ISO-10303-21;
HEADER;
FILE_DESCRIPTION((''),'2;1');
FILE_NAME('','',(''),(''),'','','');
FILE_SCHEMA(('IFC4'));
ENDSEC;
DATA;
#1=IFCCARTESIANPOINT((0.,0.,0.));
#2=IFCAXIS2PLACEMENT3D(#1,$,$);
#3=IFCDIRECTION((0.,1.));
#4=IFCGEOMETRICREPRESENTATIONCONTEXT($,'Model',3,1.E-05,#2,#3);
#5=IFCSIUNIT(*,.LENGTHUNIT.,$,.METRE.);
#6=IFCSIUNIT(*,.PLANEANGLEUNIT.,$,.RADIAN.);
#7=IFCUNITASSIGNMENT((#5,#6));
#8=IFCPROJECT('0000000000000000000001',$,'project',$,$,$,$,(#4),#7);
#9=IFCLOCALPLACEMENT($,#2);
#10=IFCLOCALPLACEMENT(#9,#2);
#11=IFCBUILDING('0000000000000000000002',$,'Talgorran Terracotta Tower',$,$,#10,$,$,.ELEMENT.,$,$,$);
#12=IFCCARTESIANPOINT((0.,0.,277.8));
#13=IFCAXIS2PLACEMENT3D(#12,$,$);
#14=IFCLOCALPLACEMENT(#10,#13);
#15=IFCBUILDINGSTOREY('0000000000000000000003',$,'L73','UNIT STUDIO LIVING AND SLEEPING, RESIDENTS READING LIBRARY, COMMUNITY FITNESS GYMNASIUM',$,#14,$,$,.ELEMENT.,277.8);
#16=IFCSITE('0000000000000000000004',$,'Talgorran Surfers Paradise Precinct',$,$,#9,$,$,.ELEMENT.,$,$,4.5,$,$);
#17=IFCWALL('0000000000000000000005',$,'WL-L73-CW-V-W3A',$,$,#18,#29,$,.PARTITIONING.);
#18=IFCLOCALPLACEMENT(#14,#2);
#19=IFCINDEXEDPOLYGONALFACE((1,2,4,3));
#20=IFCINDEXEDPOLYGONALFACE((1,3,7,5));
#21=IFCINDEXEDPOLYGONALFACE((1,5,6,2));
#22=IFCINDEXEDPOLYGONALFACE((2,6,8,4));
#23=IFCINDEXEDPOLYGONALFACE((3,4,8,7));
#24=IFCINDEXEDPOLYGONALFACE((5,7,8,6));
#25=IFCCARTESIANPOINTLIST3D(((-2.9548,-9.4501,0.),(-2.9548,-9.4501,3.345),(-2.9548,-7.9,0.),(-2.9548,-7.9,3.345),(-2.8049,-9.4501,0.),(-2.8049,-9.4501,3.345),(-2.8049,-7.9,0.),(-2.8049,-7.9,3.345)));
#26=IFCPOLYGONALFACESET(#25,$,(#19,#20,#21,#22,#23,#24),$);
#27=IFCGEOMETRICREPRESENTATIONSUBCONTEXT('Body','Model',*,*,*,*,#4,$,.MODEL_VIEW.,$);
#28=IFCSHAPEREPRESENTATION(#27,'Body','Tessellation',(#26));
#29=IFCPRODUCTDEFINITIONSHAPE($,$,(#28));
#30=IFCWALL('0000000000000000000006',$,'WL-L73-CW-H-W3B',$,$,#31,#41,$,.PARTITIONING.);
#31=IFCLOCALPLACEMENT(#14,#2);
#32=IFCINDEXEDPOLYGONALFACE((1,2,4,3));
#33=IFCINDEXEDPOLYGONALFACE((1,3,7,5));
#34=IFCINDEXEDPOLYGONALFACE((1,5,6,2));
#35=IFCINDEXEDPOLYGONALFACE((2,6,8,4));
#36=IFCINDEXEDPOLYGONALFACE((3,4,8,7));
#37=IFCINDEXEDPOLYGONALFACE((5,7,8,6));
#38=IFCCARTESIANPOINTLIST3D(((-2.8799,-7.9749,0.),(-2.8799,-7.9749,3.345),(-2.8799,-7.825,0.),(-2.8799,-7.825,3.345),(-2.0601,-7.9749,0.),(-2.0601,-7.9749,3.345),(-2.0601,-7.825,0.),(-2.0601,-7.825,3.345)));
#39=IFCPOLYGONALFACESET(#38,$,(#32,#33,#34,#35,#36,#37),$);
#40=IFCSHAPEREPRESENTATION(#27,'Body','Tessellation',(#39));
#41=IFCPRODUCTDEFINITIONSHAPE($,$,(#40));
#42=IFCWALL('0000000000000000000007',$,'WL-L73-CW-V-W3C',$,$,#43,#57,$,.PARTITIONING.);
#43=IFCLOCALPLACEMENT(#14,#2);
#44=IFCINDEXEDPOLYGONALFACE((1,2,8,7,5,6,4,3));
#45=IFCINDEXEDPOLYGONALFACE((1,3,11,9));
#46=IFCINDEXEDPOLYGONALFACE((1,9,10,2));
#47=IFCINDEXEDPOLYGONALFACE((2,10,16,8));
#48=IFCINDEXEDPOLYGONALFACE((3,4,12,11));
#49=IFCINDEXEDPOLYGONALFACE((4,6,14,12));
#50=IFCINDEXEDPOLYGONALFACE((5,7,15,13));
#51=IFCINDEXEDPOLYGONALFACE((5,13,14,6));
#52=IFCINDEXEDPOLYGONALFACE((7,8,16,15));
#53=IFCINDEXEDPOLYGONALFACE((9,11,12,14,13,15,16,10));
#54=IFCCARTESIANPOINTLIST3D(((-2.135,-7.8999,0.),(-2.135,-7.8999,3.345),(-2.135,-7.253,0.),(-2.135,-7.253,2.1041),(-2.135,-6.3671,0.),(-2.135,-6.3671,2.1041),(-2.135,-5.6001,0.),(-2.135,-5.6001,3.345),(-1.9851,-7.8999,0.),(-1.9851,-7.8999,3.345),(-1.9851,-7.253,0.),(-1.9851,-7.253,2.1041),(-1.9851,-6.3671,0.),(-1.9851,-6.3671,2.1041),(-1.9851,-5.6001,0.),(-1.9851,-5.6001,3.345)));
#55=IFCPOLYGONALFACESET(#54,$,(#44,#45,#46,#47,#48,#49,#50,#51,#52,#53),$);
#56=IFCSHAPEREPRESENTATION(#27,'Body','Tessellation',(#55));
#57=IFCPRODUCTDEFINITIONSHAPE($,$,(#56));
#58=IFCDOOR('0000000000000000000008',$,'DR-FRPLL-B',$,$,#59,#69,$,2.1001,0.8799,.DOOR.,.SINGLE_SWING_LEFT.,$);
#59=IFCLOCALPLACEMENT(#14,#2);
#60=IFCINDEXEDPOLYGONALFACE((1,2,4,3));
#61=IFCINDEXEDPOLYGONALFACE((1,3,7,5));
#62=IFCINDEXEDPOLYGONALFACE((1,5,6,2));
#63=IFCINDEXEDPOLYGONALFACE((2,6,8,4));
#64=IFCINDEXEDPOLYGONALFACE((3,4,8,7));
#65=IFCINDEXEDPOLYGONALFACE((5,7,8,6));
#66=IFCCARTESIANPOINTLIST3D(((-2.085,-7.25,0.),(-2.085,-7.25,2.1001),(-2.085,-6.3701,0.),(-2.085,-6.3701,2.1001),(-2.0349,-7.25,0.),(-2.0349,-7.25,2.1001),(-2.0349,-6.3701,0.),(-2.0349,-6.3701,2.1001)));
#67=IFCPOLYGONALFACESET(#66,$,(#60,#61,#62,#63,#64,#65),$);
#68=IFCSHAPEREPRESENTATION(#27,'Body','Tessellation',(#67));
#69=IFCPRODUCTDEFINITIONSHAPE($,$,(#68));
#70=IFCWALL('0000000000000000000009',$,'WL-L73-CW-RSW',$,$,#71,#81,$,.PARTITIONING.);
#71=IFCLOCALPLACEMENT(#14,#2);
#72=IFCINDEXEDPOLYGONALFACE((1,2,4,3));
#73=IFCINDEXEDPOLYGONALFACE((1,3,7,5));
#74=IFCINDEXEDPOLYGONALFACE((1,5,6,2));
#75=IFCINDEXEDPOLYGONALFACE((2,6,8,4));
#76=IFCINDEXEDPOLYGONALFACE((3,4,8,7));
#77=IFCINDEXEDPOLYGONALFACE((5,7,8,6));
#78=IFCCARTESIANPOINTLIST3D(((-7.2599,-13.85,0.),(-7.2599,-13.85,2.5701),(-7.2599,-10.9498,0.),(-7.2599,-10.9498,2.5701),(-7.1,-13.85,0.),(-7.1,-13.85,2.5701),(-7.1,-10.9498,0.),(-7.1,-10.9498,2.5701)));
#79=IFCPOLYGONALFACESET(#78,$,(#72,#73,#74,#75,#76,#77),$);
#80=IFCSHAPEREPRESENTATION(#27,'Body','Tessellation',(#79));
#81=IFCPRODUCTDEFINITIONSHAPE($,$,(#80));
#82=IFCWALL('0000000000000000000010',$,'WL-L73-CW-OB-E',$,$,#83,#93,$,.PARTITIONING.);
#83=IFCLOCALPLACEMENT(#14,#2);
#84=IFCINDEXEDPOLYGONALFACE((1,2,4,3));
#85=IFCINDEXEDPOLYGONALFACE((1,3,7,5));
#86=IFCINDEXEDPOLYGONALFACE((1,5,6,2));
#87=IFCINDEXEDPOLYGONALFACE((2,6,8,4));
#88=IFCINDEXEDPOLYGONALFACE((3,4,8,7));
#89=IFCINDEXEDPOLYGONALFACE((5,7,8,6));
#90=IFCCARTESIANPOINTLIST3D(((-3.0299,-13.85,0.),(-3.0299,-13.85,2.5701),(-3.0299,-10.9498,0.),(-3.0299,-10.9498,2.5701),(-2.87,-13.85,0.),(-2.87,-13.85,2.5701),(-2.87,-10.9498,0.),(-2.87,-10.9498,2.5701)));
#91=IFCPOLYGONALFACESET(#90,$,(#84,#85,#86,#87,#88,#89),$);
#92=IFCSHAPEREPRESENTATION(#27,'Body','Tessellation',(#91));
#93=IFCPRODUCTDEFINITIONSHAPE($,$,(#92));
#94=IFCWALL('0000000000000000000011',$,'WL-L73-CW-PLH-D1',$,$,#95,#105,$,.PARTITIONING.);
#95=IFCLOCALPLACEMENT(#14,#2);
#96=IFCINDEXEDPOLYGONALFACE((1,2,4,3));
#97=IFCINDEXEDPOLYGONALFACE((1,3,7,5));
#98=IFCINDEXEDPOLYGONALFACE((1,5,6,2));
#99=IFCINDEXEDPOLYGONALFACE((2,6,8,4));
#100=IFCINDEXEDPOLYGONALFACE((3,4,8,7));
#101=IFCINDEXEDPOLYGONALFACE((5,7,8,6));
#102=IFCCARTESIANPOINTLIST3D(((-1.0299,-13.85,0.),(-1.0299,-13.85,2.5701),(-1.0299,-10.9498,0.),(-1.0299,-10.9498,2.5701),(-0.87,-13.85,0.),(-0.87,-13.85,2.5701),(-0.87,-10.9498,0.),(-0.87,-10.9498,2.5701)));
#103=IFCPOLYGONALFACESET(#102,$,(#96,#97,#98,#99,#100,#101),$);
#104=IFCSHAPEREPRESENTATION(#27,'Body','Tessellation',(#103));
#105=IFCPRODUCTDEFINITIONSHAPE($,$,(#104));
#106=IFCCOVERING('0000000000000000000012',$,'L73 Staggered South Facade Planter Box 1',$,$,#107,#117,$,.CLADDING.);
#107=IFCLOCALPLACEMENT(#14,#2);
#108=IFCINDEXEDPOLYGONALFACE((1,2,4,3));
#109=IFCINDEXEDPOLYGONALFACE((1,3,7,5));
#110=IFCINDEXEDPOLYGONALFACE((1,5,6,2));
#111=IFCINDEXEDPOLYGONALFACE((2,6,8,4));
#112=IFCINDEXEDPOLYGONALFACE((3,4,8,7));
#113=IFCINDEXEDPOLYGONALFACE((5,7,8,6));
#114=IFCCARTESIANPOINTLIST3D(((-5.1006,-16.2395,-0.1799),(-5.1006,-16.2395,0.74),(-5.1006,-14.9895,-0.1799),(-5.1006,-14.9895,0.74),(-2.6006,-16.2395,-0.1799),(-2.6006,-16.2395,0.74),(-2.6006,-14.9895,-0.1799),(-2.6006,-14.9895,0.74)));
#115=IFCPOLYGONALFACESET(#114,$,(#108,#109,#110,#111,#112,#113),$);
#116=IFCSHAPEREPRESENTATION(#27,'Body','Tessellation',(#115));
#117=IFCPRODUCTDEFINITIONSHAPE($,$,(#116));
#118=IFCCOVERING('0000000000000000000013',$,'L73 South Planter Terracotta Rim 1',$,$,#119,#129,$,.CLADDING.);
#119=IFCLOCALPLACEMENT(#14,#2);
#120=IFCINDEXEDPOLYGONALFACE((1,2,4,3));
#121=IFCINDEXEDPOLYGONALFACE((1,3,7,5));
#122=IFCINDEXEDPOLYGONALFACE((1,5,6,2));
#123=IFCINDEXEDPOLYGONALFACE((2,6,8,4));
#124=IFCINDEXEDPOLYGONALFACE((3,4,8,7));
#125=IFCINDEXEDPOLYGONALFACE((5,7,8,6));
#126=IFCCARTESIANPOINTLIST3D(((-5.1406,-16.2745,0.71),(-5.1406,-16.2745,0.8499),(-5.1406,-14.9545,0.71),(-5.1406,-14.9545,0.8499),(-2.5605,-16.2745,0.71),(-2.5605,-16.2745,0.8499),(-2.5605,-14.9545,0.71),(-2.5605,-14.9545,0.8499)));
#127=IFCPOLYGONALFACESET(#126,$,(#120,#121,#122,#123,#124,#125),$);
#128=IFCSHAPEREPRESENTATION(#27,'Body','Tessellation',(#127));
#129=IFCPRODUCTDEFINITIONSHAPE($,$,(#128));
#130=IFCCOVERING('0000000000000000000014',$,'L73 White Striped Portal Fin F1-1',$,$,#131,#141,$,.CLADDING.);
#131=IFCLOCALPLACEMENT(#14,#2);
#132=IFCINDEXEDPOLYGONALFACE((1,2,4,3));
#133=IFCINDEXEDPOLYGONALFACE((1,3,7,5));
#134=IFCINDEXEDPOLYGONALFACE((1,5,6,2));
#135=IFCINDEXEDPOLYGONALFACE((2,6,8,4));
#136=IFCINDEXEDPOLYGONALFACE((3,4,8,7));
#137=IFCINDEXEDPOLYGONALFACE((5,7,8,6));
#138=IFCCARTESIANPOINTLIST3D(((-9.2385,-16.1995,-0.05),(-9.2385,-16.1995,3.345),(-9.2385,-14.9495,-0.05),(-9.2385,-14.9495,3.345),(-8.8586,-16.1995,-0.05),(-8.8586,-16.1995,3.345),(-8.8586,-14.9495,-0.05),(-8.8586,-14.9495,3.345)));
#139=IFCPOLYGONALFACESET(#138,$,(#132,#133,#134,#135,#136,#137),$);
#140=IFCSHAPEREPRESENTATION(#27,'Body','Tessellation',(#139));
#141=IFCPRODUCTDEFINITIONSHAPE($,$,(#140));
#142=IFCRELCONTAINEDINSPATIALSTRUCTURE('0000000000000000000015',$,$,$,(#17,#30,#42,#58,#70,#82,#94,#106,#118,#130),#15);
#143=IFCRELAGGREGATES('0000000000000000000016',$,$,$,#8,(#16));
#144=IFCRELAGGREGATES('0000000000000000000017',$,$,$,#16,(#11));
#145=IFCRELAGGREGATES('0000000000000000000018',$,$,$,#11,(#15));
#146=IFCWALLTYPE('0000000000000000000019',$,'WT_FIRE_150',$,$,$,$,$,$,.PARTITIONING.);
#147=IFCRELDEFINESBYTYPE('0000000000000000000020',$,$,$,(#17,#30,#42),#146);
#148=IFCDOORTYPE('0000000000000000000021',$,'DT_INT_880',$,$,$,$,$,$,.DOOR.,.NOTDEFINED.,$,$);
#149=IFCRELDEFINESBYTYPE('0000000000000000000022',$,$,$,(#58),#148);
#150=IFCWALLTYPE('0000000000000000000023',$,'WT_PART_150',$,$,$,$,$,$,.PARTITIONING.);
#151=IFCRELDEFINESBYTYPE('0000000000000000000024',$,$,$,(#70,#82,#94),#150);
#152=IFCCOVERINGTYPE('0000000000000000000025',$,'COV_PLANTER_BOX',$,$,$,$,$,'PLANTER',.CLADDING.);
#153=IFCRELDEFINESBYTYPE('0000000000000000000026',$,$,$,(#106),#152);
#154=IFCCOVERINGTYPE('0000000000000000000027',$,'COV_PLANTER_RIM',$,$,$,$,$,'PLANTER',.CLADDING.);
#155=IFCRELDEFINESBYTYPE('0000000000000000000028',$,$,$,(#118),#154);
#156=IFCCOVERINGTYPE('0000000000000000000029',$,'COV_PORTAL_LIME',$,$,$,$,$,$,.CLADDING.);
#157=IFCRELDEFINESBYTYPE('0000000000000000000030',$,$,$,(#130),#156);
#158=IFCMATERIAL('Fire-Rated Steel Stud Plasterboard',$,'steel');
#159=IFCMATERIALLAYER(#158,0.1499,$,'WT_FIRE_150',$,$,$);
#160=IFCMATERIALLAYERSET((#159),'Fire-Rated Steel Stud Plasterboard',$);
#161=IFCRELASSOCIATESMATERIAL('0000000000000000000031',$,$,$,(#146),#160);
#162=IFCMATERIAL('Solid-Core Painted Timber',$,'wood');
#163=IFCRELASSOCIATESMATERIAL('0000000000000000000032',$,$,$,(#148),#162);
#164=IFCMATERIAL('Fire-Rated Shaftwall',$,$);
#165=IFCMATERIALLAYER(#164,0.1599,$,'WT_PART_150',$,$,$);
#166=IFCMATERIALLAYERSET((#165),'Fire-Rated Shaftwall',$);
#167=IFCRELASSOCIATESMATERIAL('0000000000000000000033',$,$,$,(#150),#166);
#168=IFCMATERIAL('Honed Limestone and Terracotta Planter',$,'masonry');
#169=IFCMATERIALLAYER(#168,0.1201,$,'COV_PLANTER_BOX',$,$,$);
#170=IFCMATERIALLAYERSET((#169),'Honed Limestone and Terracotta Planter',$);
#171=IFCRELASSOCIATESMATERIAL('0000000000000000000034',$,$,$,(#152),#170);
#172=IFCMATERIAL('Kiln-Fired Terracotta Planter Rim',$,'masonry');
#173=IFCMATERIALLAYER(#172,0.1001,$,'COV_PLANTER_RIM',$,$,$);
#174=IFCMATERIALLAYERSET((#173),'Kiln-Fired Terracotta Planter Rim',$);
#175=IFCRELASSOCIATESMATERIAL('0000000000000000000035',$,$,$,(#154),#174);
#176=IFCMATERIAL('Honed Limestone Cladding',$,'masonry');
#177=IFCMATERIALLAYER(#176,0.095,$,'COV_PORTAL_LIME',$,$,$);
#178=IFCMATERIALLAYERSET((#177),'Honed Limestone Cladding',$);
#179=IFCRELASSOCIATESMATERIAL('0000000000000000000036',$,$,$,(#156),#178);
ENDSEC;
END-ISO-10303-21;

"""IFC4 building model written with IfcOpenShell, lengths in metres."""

from ifc_helpers import new_model, si_unit, direction, frame, frame_2d, origin, origin_2d, place, context, subcontext, project, spatial, rectangle, extrude, material, layer, layer_set, type_object, element, fill, save


model = new_model("IFC4")

# Units and contexts
model_context = context("Model", 3, precision=1e-05, world=origin(), true_north=direction((0.0, 1.0)))
body_context = subcontext(model_context, "Body", "Model", "MODEL_VIEW")
ifc_project = project(units=[si_unit("LENGTHUNIT", "METRE"), si_unit("PLANEANGLEUNIT", "RADIAN")], contexts=[model_context])

# Site, building, storey
site_placement = place(None, origin())
site = spatial("IfcSite", under=ifc_project, at=site_placement, Name="Talgorran Surfers Paradise Precinct", CompositionType="ELEMENT", RefElevation=4.5)
building_placement = place(site_placement, origin())
building = spatial("IfcBuilding", under=site, at=building_placement, Name="Talgorran Terracotta Tower", CompositionType="ELEMENT")
storey_placement = place(building_placement, frame((0.0, 0.0, 277.8)))
storey = spatial("IfcBuildingStorey", under=building, at=storey_placement, Name="L73", Description="UNIT STUDIO LIVING AND SLEEPING, RESIDENTS READING LIBRARY, COMMUNITY FITNESS GYMNASIUM", CompositionType="ELEMENT", Elevation=277.8)

# Walls
ifc_material_1 = material(Name="Fire-Rated Steel Stud Plasterboard", Category="steel")
ifc_layer_1 = layer(ifc_material_1, 0.1499, Name="WT_FIRE_150")
ifc_layer_set_1 = layer_set([ifc_layer_1], Name="Fire-Rated Steel Stud Plasterboard")
wall_type_1 = type_object("IfcWallType", Name="WT_FIRE_150", PredefinedType="PARTITIONING", material=ifc_layer_set_1)
wall_1_placement = place(storey_placement, frame((-2.8799, -9.45, 0.0), z_axis=(0.0, 0.0, 1.0), x_axis=(0.0, 1.0, 0.0)))
element("IfcWall", 1, at=wall_1_placement, inside=storey, type_object=wall_type_1, Name="WL-L73-CW-V-W3A", PredefinedType="PARTITIONING", context=body_context, shape_type="SweptSolid", body=[
    extrude(rectangle(XDim=1.55, YDim=0.1499, at=frame_2d((0.7749, 0.0))), origin(), (0.0, 0.0, 1.0), 3.345),
])
wall_2_placement = place(storey_placement, frame((-2.8799, -7.8999, 0.0), z_axis=(0.0, 0.0, 1.0), x_axis=(1.0, 0.0, 0.0)))
element("IfcWall", 2, at=wall_2_placement, inside=storey, type_object=wall_type_1, Name="WL-L73-CW-H-W3B", PredefinedType="PARTITIONING", context=body_context, shape_type="SweptSolid", body=[
    extrude(rectangle(XDim=0.8198, YDim=0.1499, at=frame_2d((0.4099, 0.0))), origin(), (0.0, 0.0, 1.0), 3.345),
])

# Wall, opening, door
wall_3_placement = place(storey_placement, frame((-2.0601, -7.8999, 0.0), z_axis=(0.0, 0.0, 1.0), x_axis=(0.0, 1.0, 0.0)))
wall_3 = element("IfcWall", 3, at=wall_3_placement, inside=storey, type_object=wall_type_1, Name="WL-L73-CW-V-W3C", PredefinedType="PARTITIONING", context=body_context, shape_type="SweptSolid", body=[
    extrude(rectangle(XDim=2.2998, YDim=0.1499, at=frame_2d((1.1499, 0.0))), origin(), (0.0, 0.0, 1.0), 3.345),
])
opening_1_placement = place(wall_3_placement, frame((0.6499, 0.0, 0.0)))
opening_1 = element("IfcOpeningElement", 4, at=opening_1_placement, cuts=wall_3, PredefinedType="OPENING", context=body_context, shape_type="SweptSolid", body=[
    extrude(rectangle(XDim=0.8859, YDim=2.1041, at=frame_2d((0.4399, 1.052))), frame((0.0, 0.085, 0.0), z_axis=(0.0, -1.0, 0.0), x_axis=(1.0, 0.0, 0.0)), (0.0, 0.0, 1.0), 0.1699),
])
ifc_material_2 = material(Name="Solid-Core Painted Timber", Category="wood")
door_type_1 = type_object("IfcDoorType", Name="DT_INT_880", OperationType="NOTDEFINED", PredefinedType="DOOR", material=ifc_material_2)
door_1_placement = place(opening_1_placement, origin())
door_1 = element("IfcDoor", 5, at=door_1_placement, inside=storey, type_object=door_type_1, Name="DR-FRPLL-B", OperationType="SINGLE_SWING_LEFT", OverallHeight=2.1001, OverallWidth=0.8799, PredefinedType="DOOR", context=body_context, shape_type="SweptSolid", body=[
    extrude(rectangle(XDim=0.8799, YDim=2.1001, at=frame_2d((0.4399, 1.05))), frame((0.0, 0.0249, 0.0), z_axis=(0.0, -1.0, 0.0), x_axis=(1.0, 0.0, 0.0)), (0.0, 0.0, 1.0), 0.05),
])
fill(opening_1, door_1)

# Walls
ifc_material_3 = material(Name="Fire-Rated Shaftwall")
ifc_layer_2 = layer(ifc_material_3, 0.1599, Name="WT_PART_150")
ifc_layer_set_2 = layer_set([ifc_layer_2], Name="Fire-Rated Shaftwall")
wall_type_2 = type_object("IfcWallType", Name="WT_PART_150", PredefinedType="PARTITIONING", material=ifc_layer_set_2)
for number, where, z_axis, x_axis, name in (
    (6, (-7.1799, -13.8501, 0.0), (0.0, 0.0, 1.0), (0.0, 1.0, 0.0), "WL-L73-CW-RSW"),
    (7, (-2.95, -13.8501, 0.0), (0.0, 0.0, 1.0), (0.0, 1.0, 0.0), "WL-L73-CW-OB-E"),
    (8, (-0.95, -13.8501, 0.0), (0.0, 0.0, 1.0), (0.0, 1.0, 0.0), "WL-L73-CW-PLH-D1"),
):
    element("IfcWall", number, at=place(storey_placement, frame(where, z_axis=z_axis, x_axis=x_axis)), inside=storey, type_object=wall_type_2, Name=name, PredefinedType="PARTITIONING", context=body_context, shape_type="SweptSolid", body=[
        extrude(rectangle(XDim=2.9001, YDim=0.1599, at=frame_2d((1.4502, 0.0))), origin(), (0.0, 0.0, 1.0), 2.5701),
    ])

# Coverings
ifc_material_4 = material(Name="Honed Limestone and Terracotta Planter", Category="masonry")
ifc_layer_3 = layer(ifc_material_4, 0.1201, Name="COV_PLANTER_BOX")
ifc_layer_set_3 = layer_set([ifc_layer_3], Name="Honed Limestone and Terracotta Planter")
covering_type_1 = type_object("IfcCoveringType", Name="COV_PLANTER_BOX", ElementType="PLANTER", PredefinedType="CLADDING", material=ifc_layer_set_3)
covering_1_placement = place(storey_placement, frame((-3.8506, -15.6145, -0.1799), z_axis=(0.0, 0.0, 1.0), x_axis=(1.0, 0.0, 0.0)))
element("IfcCovering", 9, at=covering_1_placement, inside=storey, type_object=covering_type_1, Name="L73 Staggered South Facade Planter Box 1", PredefinedType="CLADDING", context=body_context, shape_type="SweptSolid", body=[
    extrude(rectangle(XDim=2.5, YDim=1.25, at=origin_2d()), origin(), (0.0, 0.0, 1.0), 0.9199),
])
ifc_material_5 = material(Name="Kiln-Fired Terracotta Planter Rim", Category="masonry")
ifc_layer_4 = layer(ifc_material_5, 0.1001, Name="COV_PLANTER_RIM")
ifc_layer_set_4 = layer_set([ifc_layer_4], Name="Kiln-Fired Terracotta Planter Rim")
covering_type_2 = type_object("IfcCoveringType", Name="COV_PLANTER_RIM", ElementType="PLANTER", PredefinedType="CLADDING", material=ifc_layer_set_4)
covering_2_placement = place(storey_placement, frame((-3.8506, -15.6145, 0.71), z_axis=(0.0, 0.0, 1.0), x_axis=(1.0, 0.0, 0.0)))
element("IfcCovering", 10, at=covering_2_placement, inside=storey, type_object=covering_type_2, Name="L73 South Planter Terracotta Rim 1", PredefinedType="CLADDING", context=body_context, shape_type="SweptSolid", body=[
    extrude(rectangle(XDim=2.5801, YDim=1.3201, at=origin_2d()), origin(), (0.0, 0.0, 1.0), 0.1399),
])
ifc_material_6 = material(Name="Honed Limestone Cladding", Category="masonry")
ifc_layer_5 = layer(ifc_material_6, 0.095, Name="COV_PORTAL_LIME")
ifc_layer_set_5 = layer_set([ifc_layer_5], Name="Honed Limestone Cladding")
covering_type_3 = type_object("IfcCoveringType", Name="COV_PORTAL_LIME", PredefinedType="CLADDING", material=ifc_layer_set_5)
covering_3_placement = place(storey_placement, frame((-9.0486, -15.5745, -0.05), z_axis=(0.0, 0.0, 1.0), x_axis=(1.0, 0.0, 0.0)))
element("IfcCovering", 11, at=covering_3_placement, inside=storey, type_object=covering_type_3, Name="L73 White Striped Portal Fin F1-1", PredefinedType="CLADDING", context=body_context, shape_type="SweptSolid", body=[
    extrude(rectangle(XDim=0.3799, YDim=1.25, at=origin_2d()), origin(), (0.0, 0.0, 1.0), 3.395),
])

save(model, "model.ifc")
